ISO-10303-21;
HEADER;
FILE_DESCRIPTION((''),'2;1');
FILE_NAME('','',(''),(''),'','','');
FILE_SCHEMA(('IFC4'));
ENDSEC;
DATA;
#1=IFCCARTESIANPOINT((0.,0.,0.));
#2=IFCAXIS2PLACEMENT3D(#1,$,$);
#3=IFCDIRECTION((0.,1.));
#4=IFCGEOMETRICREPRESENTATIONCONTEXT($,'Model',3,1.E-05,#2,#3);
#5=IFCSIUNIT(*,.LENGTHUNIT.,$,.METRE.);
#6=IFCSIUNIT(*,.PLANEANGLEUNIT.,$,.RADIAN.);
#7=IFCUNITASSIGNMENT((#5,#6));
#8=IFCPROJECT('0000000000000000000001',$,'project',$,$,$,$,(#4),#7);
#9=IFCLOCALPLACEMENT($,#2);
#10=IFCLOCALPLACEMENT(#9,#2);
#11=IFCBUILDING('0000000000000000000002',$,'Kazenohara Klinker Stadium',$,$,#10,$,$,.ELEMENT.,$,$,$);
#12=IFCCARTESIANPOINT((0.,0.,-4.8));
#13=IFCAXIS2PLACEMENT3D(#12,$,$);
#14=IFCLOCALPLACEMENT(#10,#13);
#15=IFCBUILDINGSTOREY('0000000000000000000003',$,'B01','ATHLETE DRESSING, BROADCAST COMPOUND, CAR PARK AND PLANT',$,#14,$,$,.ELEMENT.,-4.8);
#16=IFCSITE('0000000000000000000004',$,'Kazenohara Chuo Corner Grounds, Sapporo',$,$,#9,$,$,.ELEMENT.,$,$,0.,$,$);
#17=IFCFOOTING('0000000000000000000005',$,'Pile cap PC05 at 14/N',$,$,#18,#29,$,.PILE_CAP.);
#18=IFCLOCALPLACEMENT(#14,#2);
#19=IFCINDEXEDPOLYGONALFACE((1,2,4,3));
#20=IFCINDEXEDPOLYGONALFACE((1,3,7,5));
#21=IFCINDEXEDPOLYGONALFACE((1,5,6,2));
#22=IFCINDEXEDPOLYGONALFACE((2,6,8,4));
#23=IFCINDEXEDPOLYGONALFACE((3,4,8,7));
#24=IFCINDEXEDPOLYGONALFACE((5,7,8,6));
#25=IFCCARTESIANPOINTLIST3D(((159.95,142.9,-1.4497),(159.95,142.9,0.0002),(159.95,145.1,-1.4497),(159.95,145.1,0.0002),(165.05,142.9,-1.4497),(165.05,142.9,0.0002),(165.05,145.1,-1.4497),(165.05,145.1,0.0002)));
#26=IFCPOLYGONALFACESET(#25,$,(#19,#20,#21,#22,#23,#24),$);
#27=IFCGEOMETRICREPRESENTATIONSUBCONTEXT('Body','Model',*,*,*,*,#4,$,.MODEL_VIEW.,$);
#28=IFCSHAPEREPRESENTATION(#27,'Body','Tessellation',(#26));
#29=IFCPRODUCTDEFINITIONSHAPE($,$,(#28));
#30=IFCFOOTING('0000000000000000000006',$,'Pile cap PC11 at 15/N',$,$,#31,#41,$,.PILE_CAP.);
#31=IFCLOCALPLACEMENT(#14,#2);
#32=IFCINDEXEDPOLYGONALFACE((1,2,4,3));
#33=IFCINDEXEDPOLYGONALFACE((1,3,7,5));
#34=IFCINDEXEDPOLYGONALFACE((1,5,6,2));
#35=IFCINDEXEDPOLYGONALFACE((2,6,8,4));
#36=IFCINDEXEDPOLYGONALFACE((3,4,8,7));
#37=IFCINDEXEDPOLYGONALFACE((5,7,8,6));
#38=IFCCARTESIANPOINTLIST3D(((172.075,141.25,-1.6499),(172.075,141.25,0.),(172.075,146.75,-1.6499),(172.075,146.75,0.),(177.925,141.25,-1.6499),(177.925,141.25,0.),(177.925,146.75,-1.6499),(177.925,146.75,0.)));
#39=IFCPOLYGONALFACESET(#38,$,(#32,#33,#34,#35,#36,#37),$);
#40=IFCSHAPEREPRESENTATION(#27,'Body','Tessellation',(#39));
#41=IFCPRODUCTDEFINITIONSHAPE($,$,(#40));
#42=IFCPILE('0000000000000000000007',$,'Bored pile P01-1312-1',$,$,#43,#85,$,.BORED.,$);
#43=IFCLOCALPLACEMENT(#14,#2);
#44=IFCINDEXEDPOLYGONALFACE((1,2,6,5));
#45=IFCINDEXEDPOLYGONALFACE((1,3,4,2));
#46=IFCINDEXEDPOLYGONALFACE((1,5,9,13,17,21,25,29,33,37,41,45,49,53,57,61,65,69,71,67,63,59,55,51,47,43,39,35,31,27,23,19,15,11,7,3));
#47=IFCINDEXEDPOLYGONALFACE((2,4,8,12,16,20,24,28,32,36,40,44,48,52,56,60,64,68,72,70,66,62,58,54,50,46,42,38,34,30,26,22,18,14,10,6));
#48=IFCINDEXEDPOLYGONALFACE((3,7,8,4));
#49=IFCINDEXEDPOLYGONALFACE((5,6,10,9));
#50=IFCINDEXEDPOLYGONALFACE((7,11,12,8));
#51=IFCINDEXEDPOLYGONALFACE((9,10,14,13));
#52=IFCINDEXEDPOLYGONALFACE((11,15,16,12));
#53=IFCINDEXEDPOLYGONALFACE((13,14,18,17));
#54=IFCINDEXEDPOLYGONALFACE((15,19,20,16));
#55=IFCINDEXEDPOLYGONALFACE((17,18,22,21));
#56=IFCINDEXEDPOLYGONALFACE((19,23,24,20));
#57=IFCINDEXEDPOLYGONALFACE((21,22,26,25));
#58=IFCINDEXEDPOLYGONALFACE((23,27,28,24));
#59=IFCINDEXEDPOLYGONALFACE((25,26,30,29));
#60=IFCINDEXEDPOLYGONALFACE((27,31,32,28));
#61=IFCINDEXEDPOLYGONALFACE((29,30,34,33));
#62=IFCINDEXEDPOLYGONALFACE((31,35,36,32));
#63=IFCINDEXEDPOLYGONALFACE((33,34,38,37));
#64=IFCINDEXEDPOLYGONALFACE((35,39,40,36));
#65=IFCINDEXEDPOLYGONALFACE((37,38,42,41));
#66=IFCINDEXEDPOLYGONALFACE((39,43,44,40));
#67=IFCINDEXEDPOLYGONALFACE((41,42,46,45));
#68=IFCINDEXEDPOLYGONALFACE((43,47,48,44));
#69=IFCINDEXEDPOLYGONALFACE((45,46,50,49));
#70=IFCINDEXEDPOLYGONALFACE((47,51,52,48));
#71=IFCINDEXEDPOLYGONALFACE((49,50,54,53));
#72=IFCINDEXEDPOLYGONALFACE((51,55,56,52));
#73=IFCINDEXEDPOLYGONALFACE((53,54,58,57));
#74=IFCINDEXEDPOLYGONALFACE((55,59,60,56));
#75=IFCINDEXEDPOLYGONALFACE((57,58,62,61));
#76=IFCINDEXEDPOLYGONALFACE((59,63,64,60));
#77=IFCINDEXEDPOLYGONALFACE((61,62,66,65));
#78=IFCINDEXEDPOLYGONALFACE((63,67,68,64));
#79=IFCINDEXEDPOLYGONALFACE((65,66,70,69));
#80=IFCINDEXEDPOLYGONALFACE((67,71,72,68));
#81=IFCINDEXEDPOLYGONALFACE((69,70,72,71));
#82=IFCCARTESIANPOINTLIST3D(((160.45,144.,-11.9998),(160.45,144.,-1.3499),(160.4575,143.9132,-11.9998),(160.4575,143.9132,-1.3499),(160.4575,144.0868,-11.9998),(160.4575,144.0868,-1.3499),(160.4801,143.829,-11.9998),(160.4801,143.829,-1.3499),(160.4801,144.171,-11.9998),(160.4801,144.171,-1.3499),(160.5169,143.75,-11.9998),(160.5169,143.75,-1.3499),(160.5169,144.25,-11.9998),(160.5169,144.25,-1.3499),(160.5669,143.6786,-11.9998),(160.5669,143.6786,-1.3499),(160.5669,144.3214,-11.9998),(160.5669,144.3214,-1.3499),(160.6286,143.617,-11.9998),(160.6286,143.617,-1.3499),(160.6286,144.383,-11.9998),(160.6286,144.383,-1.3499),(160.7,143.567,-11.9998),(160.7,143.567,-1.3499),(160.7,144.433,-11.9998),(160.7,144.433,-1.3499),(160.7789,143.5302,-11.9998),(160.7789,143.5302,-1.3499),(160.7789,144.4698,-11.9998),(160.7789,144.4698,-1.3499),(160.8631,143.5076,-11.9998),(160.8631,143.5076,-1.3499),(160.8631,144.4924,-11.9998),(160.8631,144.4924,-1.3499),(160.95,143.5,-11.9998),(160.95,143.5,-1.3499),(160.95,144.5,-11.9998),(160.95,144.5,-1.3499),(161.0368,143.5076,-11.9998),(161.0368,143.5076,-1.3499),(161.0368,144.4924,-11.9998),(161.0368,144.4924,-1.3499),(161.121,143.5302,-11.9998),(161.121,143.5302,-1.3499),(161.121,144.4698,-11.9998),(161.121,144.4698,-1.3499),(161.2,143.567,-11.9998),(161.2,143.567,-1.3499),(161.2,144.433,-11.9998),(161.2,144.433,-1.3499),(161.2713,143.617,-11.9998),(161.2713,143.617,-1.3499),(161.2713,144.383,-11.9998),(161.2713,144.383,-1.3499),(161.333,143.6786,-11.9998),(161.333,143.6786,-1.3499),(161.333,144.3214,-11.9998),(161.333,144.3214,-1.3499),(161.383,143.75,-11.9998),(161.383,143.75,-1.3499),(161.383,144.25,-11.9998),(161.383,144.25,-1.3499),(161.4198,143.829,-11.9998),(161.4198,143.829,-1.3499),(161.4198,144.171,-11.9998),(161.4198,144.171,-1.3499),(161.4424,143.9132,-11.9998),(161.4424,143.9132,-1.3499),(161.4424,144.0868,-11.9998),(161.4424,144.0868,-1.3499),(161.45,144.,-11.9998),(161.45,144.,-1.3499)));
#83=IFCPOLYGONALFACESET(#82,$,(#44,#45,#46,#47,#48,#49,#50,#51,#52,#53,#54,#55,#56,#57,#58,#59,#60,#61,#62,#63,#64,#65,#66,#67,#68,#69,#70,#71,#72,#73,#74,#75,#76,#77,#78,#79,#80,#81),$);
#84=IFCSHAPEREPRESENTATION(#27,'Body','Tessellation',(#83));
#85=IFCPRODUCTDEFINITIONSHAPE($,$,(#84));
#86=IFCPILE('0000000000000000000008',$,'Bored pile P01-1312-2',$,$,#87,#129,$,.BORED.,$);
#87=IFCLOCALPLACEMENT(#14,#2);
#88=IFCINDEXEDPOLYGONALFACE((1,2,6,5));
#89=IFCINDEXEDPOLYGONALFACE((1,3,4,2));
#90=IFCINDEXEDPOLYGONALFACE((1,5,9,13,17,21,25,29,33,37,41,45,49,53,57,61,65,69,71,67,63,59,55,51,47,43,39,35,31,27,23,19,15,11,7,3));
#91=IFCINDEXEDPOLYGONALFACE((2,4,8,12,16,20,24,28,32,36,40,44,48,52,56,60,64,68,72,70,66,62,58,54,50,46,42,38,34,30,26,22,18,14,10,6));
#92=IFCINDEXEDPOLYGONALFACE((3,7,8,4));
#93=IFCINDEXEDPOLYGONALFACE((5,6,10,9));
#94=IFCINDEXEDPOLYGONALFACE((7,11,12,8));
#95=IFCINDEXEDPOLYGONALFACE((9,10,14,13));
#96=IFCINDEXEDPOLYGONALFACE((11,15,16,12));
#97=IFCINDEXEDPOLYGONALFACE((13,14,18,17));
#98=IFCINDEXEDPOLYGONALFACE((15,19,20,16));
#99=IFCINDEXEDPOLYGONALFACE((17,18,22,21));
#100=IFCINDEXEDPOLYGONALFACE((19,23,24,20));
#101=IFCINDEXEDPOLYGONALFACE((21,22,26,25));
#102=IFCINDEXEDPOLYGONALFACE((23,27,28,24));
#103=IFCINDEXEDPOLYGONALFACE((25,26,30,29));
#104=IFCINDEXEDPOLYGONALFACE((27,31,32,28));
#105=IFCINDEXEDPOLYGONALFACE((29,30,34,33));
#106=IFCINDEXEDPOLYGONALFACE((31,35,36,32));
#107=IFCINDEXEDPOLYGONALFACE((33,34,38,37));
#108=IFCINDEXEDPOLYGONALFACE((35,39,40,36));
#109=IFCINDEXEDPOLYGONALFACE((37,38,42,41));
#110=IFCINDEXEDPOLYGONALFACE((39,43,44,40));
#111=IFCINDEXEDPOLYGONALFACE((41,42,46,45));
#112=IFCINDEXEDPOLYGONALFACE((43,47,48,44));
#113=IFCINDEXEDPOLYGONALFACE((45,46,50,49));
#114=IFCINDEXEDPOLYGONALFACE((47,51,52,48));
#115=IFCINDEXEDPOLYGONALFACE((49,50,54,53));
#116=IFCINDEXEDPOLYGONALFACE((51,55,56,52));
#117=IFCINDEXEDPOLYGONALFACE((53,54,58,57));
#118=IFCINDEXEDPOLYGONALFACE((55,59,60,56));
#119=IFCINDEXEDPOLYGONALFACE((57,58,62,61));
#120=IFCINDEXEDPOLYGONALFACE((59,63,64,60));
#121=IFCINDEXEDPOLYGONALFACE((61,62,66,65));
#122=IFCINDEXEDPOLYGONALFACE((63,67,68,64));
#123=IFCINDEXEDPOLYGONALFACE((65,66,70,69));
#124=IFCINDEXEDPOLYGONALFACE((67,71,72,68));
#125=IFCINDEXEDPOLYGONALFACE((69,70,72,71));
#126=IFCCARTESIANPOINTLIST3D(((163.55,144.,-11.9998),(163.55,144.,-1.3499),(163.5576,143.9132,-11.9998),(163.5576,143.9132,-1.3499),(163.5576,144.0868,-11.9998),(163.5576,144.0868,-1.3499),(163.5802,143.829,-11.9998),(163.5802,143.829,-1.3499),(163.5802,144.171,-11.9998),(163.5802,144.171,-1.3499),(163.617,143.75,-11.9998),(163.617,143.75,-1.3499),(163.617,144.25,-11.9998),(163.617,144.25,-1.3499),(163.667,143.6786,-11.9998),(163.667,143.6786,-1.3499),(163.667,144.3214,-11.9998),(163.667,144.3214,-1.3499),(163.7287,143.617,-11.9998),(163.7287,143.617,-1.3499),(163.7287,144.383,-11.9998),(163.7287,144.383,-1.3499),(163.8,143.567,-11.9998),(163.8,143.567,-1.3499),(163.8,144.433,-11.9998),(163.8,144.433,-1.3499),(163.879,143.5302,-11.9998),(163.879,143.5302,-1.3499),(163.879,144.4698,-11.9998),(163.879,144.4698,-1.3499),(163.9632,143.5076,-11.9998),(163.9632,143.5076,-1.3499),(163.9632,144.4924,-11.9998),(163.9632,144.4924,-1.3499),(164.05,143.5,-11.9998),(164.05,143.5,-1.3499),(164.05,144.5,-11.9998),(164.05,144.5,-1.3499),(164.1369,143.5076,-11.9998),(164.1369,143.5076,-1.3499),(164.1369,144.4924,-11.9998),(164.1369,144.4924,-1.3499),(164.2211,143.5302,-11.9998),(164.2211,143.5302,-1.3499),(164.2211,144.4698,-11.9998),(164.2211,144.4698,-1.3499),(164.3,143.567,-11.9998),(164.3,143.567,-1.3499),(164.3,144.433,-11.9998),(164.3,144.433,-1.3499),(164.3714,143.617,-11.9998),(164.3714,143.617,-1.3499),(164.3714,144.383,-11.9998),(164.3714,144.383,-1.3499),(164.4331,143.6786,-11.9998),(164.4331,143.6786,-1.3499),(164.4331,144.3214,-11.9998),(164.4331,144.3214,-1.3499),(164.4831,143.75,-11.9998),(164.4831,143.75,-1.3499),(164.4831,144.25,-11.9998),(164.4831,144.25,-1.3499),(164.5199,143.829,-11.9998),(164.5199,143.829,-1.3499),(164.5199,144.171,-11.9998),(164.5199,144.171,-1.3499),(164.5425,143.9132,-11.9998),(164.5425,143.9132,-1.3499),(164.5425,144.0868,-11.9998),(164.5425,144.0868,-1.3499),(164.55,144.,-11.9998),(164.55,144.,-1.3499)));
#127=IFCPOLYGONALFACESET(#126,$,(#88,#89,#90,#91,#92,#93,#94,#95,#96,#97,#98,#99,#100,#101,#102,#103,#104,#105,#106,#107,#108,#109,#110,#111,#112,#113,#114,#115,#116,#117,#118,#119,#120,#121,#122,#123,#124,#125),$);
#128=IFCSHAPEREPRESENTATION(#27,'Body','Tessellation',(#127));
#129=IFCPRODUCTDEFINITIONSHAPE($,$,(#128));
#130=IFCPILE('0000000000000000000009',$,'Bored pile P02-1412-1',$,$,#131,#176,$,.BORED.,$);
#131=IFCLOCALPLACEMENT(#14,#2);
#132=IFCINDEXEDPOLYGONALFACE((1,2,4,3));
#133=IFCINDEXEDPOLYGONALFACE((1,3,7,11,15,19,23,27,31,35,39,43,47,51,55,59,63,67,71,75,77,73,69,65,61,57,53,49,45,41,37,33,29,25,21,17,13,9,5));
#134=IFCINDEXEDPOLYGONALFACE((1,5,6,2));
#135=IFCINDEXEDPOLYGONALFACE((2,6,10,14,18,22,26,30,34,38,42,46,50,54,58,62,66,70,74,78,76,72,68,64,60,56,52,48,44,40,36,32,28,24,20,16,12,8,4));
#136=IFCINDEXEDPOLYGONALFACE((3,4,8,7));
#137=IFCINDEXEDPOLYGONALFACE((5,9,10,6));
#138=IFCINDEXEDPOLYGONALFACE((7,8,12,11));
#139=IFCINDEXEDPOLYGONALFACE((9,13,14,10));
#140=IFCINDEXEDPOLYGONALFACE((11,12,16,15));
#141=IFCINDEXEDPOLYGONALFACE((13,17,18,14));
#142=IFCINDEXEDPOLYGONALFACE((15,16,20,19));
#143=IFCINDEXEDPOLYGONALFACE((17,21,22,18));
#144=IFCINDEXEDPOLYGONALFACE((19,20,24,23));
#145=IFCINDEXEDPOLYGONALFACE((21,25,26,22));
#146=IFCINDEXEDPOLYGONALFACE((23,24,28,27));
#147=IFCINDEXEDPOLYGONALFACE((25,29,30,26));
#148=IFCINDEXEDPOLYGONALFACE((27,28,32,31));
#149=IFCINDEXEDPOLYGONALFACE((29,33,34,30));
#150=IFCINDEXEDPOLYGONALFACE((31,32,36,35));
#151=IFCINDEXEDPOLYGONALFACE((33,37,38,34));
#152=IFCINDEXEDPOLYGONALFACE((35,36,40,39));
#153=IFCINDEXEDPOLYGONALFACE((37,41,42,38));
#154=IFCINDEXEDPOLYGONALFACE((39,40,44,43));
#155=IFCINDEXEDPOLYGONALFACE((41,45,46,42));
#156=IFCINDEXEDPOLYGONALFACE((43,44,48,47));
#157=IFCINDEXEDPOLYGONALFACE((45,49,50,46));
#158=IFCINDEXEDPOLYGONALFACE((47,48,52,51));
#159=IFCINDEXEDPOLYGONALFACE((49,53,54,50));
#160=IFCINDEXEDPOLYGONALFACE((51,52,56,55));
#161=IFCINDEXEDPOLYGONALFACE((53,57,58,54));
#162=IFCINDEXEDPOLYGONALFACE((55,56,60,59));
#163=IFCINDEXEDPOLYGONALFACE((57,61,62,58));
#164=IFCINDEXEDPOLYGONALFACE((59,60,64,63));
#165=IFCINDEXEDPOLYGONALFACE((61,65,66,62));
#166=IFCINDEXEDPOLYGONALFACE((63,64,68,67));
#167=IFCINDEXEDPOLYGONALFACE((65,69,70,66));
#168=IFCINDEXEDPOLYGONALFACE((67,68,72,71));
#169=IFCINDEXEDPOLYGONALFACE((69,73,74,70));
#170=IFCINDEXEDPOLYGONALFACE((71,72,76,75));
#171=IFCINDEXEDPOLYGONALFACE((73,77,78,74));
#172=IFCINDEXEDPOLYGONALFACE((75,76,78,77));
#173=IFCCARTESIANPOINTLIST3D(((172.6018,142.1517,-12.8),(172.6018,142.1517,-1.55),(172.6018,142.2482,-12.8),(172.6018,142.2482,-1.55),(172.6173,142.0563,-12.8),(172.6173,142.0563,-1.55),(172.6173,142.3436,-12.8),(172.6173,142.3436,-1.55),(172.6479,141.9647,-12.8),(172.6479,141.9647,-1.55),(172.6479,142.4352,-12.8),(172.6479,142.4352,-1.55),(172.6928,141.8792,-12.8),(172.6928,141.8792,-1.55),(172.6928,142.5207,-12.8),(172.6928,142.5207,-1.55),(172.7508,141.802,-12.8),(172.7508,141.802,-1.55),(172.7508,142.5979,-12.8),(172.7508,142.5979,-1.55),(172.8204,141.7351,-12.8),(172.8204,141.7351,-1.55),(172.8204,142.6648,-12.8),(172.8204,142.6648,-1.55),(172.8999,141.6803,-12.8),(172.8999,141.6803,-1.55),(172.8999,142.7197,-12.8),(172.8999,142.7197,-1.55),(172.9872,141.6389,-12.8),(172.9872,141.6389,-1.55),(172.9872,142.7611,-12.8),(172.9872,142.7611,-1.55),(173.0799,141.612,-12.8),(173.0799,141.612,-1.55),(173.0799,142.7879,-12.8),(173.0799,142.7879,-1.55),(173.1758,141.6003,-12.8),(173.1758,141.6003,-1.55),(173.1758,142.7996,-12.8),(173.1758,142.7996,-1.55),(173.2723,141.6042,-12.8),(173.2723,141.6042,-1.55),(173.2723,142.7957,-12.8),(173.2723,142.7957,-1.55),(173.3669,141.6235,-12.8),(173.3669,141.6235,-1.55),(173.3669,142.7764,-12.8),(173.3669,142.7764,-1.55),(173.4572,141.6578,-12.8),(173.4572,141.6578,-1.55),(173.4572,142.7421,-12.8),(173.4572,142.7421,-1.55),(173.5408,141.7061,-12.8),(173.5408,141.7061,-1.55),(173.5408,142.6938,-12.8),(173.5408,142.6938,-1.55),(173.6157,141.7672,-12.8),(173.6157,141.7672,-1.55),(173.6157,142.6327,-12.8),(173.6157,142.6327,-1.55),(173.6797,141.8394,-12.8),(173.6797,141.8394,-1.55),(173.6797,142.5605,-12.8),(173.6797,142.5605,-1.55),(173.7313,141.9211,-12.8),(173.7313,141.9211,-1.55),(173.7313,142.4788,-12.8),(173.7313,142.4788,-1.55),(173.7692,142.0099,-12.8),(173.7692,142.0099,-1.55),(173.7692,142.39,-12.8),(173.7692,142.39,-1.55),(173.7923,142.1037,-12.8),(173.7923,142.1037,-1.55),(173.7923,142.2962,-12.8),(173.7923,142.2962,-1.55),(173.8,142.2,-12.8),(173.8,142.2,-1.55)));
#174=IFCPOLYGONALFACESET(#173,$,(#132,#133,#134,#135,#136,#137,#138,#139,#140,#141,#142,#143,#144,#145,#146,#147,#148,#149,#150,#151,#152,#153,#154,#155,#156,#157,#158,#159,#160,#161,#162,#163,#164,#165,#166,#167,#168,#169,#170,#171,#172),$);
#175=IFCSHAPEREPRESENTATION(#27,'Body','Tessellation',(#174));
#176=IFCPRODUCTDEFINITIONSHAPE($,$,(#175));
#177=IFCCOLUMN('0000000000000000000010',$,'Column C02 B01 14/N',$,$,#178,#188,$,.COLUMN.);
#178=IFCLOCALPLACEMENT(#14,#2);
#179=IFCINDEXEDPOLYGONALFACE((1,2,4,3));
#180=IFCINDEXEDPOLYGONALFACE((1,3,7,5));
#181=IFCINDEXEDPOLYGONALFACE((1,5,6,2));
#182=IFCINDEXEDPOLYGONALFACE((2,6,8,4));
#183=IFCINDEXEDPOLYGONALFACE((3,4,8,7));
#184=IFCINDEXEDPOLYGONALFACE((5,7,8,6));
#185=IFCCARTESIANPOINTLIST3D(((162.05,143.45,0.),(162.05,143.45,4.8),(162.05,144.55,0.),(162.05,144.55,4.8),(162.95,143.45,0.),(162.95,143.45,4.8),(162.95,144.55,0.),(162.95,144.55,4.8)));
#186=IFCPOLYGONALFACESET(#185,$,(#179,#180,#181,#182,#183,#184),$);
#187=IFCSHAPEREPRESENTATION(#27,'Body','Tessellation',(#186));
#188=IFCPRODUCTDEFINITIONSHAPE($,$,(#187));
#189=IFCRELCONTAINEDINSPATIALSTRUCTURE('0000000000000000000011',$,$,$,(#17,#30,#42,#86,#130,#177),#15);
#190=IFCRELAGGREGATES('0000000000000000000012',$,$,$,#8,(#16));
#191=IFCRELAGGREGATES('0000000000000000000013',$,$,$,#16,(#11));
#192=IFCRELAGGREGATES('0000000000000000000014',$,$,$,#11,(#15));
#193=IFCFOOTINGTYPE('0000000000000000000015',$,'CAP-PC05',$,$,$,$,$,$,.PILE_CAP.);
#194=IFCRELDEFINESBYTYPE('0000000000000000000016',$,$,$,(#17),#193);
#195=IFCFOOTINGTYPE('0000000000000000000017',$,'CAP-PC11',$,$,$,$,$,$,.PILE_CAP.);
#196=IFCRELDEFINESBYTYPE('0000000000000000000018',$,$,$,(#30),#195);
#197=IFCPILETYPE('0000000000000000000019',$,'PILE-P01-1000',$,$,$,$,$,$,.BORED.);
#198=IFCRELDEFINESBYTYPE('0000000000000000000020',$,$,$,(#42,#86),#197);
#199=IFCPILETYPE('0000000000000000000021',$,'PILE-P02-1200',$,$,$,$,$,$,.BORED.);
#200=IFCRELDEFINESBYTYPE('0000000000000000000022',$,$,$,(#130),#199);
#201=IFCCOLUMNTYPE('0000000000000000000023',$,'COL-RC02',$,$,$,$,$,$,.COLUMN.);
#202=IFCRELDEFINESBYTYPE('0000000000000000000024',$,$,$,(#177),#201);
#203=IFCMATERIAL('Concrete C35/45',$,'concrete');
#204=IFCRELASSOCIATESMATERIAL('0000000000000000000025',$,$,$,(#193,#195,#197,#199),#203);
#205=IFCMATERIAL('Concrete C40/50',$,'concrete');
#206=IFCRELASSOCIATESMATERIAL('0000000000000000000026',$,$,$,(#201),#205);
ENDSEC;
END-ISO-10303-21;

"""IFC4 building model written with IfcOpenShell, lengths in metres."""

from ifc_helpers import new_model, si_unit, direction, frame, origin, origin_2d, place, context, subcontext, project, spatial, rectangle, circle, extrude, material, material_profile, profile_set, type_object, element, save


model = new_model("IFC4")

# Units and contexts
model_context = context("Model", 3, precision=1e-05, world=origin(), true_north=direction((0.0, 1.0)))
body_context = subcontext(model_context, "Body", "Model", "MODEL_VIEW")
ifc_project = project(units=[si_unit("LENGTHUNIT", "METRE"), si_unit("PLANEANGLEUNIT", "RADIAN")], contexts=[model_context])

# Site, building, storey
site_placement = place(None, origin())
site = spatial("IfcSite", under=ifc_project, at=site_placement, Name="Kazenohara Chuo Corner Grounds, Sapporo", CompositionType="ELEMENT", RefElevation=0.0)
building_placement = place(site_placement, origin())
building = spatial("IfcBuilding", under=site, at=building_placement, Name="Kazenohara Klinker Stadium", CompositionType="ELEMENT")
storey_placement = place(building_placement, frame((0.0, 0.0, -4.8)))
storey = spatial("IfcBuildingStorey", under=building, at=storey_placement, Name="B01", Description="ATHLETE DRESSING, BROADCAST COMPOUND, CAR PARK AND PLANT", CompositionType="ELEMENT", Elevation=-4.8)

# Footings
ifc_material_1 = material(Name="Concrete C35/45", Category="concrete")
footing_type_1 = type_object("IfcFootingType", Name="CAP-PC05", PredefinedType="PILE_CAP", material=ifc_material_1)
footing_1_placement = place(storey_placement, frame((162.5, 144.0, -1.4497), z_axis=(0.0, 0.0, 1.0), x_axis=(1.0, 0.0, 0.0)))
element("IfcFooting", 1, at=footing_1_placement, inside=storey, type_object=footing_type_1, Name="Pile cap PC05 at 14/N", PredefinedType="PILE_CAP", context=body_context, shape_type="SweptSolid", body=[
    extrude(rectangle(XDim=5.1001, YDim=2.2, at=origin_2d()), origin(), (0.0, 0.0, 1.0), 1.45),
])
footing_type_2 = type_object("IfcFootingType", Name="CAP-PC11", PredefinedType="PILE_CAP", material=ifc_material_1)
footing_2_placement = place(storey_placement, frame((175.0, 144.0, -1.6499), z_axis=(0.0, 0.0, 1.0), x_axis=(1.0, 0.0, 0.0)))
element("IfcFooting", 2, at=footing_2_placement, inside=storey, type_object=footing_type_2, Name="Pile cap PC11 at 15/N", PredefinedType="PILE_CAP", context=body_context, shape_type="SweptSolid", body=[
    extrude(rectangle(XDim=5.8501, YDim=5.5, at=origin_2d()), origin(), (0.0, 0.0, 1.0), 1.6499),
])

# Piles
ifc_material_profile_1 = material_profile(ifc_material_1, circle(Radius=0.5, at=origin_2d()), Name="BORED-PILE-1000")
ifc_profile_set_1 = profile_set([ifc_material_profile_1], Name="Concrete C35/45")
pile_type_1 = type_object("IfcPileType", Name="PILE-P01-1000", PredefinedType="BORED", material=ifc_profile_set_1)
for number, where, z_axis, x_axis, name in (
    (3, (160.95, 144.0, -1.3499), (0.0, 0.0, -1.0), (1.0, 0.0, 0.0), "Bored pile P01-1312-1"),
    (4, (164.05, 144.0, -1.3499), (0.0, 0.0, -1.0), (1.0, 0.0, 0.0), "Bored pile P01-1312-2"),
):
    element("IfcPile", number, at=place(storey_placement, frame(where, z_axis=z_axis, x_axis=x_axis)), inside=storey, type_object=pile_type_1, Name=name, PredefinedType="BORED", context=body_context, shape_type="SweptSolid", body=[
        extrude(circle(Radius=0.5, at=origin_2d()), origin(), (0.0, 0.0, 1.0), 10.6499),
    ])
ifc_material_profile_2 = material_profile(ifc_material_1, circle(Radius=0.6001, at=origin_2d()), Name="BORED-PILE-1200")
ifc_profile_set_2 = profile_set([ifc_material_profile_2], Name="Concrete C35/45")
pile_type_2 = type_object("IfcPileType", Name="PILE-P02-1200", PredefinedType="BORED", material=ifc_profile_set_2)
pile_placement = place(storey_placement, frame((173.2, 142.2, -1.55), z_axis=(0.0, 0.0, -1.0), x_axis=(1.0, 0.0, 0.0)))
element("IfcPile", 5, at=pile_placement, inside=storey, type_object=pile_type_2, Name="Bored pile P02-1412-1", PredefinedType="BORED", context=body_context, shape_type="SweptSolid", body=[
    extrude(circle(Radius=0.6001, at=origin_2d()), origin(), (0.0, 0.0, 1.0), 11.25),
])

# Column
ifc_material_2 = material(Name="Concrete C40/50", Category="concrete")
ifc_material_profile_3 = material_profile(ifc_material_2, rectangle(XDim=0.8999, YDim=1.1001, at=origin_2d()), Name="RC-COL-1100x900")
ifc_profile_set_3 = profile_set([ifc_material_profile_3], Name="Concrete C40/50")
column_type_1 = type_object("IfcColumnType", Name="COL-RC02", PredefinedType="COLUMN", material=ifc_profile_set_3)
column_1_placement = place(storey_placement, frame((162.5, 144.0, 0.0), z_axis=(0.0, 0.0, 1.0), x_axis=(1.0, 0.0, 0.0)))
element("IfcColumn", 6, at=column_1_placement, inside=storey, type_object=column_type_1, Name="Column C02 B01 14/N", PredefinedType="COLUMN", context=body_context, shape_type="SweptSolid", body=[
    extrude(rectangle(XDim=0.8999, YDim=1.1001, at=origin_2d()), origin(), (0.0, 0.0, 1.0), 4.8),
])

save(model, "model.ifc")
